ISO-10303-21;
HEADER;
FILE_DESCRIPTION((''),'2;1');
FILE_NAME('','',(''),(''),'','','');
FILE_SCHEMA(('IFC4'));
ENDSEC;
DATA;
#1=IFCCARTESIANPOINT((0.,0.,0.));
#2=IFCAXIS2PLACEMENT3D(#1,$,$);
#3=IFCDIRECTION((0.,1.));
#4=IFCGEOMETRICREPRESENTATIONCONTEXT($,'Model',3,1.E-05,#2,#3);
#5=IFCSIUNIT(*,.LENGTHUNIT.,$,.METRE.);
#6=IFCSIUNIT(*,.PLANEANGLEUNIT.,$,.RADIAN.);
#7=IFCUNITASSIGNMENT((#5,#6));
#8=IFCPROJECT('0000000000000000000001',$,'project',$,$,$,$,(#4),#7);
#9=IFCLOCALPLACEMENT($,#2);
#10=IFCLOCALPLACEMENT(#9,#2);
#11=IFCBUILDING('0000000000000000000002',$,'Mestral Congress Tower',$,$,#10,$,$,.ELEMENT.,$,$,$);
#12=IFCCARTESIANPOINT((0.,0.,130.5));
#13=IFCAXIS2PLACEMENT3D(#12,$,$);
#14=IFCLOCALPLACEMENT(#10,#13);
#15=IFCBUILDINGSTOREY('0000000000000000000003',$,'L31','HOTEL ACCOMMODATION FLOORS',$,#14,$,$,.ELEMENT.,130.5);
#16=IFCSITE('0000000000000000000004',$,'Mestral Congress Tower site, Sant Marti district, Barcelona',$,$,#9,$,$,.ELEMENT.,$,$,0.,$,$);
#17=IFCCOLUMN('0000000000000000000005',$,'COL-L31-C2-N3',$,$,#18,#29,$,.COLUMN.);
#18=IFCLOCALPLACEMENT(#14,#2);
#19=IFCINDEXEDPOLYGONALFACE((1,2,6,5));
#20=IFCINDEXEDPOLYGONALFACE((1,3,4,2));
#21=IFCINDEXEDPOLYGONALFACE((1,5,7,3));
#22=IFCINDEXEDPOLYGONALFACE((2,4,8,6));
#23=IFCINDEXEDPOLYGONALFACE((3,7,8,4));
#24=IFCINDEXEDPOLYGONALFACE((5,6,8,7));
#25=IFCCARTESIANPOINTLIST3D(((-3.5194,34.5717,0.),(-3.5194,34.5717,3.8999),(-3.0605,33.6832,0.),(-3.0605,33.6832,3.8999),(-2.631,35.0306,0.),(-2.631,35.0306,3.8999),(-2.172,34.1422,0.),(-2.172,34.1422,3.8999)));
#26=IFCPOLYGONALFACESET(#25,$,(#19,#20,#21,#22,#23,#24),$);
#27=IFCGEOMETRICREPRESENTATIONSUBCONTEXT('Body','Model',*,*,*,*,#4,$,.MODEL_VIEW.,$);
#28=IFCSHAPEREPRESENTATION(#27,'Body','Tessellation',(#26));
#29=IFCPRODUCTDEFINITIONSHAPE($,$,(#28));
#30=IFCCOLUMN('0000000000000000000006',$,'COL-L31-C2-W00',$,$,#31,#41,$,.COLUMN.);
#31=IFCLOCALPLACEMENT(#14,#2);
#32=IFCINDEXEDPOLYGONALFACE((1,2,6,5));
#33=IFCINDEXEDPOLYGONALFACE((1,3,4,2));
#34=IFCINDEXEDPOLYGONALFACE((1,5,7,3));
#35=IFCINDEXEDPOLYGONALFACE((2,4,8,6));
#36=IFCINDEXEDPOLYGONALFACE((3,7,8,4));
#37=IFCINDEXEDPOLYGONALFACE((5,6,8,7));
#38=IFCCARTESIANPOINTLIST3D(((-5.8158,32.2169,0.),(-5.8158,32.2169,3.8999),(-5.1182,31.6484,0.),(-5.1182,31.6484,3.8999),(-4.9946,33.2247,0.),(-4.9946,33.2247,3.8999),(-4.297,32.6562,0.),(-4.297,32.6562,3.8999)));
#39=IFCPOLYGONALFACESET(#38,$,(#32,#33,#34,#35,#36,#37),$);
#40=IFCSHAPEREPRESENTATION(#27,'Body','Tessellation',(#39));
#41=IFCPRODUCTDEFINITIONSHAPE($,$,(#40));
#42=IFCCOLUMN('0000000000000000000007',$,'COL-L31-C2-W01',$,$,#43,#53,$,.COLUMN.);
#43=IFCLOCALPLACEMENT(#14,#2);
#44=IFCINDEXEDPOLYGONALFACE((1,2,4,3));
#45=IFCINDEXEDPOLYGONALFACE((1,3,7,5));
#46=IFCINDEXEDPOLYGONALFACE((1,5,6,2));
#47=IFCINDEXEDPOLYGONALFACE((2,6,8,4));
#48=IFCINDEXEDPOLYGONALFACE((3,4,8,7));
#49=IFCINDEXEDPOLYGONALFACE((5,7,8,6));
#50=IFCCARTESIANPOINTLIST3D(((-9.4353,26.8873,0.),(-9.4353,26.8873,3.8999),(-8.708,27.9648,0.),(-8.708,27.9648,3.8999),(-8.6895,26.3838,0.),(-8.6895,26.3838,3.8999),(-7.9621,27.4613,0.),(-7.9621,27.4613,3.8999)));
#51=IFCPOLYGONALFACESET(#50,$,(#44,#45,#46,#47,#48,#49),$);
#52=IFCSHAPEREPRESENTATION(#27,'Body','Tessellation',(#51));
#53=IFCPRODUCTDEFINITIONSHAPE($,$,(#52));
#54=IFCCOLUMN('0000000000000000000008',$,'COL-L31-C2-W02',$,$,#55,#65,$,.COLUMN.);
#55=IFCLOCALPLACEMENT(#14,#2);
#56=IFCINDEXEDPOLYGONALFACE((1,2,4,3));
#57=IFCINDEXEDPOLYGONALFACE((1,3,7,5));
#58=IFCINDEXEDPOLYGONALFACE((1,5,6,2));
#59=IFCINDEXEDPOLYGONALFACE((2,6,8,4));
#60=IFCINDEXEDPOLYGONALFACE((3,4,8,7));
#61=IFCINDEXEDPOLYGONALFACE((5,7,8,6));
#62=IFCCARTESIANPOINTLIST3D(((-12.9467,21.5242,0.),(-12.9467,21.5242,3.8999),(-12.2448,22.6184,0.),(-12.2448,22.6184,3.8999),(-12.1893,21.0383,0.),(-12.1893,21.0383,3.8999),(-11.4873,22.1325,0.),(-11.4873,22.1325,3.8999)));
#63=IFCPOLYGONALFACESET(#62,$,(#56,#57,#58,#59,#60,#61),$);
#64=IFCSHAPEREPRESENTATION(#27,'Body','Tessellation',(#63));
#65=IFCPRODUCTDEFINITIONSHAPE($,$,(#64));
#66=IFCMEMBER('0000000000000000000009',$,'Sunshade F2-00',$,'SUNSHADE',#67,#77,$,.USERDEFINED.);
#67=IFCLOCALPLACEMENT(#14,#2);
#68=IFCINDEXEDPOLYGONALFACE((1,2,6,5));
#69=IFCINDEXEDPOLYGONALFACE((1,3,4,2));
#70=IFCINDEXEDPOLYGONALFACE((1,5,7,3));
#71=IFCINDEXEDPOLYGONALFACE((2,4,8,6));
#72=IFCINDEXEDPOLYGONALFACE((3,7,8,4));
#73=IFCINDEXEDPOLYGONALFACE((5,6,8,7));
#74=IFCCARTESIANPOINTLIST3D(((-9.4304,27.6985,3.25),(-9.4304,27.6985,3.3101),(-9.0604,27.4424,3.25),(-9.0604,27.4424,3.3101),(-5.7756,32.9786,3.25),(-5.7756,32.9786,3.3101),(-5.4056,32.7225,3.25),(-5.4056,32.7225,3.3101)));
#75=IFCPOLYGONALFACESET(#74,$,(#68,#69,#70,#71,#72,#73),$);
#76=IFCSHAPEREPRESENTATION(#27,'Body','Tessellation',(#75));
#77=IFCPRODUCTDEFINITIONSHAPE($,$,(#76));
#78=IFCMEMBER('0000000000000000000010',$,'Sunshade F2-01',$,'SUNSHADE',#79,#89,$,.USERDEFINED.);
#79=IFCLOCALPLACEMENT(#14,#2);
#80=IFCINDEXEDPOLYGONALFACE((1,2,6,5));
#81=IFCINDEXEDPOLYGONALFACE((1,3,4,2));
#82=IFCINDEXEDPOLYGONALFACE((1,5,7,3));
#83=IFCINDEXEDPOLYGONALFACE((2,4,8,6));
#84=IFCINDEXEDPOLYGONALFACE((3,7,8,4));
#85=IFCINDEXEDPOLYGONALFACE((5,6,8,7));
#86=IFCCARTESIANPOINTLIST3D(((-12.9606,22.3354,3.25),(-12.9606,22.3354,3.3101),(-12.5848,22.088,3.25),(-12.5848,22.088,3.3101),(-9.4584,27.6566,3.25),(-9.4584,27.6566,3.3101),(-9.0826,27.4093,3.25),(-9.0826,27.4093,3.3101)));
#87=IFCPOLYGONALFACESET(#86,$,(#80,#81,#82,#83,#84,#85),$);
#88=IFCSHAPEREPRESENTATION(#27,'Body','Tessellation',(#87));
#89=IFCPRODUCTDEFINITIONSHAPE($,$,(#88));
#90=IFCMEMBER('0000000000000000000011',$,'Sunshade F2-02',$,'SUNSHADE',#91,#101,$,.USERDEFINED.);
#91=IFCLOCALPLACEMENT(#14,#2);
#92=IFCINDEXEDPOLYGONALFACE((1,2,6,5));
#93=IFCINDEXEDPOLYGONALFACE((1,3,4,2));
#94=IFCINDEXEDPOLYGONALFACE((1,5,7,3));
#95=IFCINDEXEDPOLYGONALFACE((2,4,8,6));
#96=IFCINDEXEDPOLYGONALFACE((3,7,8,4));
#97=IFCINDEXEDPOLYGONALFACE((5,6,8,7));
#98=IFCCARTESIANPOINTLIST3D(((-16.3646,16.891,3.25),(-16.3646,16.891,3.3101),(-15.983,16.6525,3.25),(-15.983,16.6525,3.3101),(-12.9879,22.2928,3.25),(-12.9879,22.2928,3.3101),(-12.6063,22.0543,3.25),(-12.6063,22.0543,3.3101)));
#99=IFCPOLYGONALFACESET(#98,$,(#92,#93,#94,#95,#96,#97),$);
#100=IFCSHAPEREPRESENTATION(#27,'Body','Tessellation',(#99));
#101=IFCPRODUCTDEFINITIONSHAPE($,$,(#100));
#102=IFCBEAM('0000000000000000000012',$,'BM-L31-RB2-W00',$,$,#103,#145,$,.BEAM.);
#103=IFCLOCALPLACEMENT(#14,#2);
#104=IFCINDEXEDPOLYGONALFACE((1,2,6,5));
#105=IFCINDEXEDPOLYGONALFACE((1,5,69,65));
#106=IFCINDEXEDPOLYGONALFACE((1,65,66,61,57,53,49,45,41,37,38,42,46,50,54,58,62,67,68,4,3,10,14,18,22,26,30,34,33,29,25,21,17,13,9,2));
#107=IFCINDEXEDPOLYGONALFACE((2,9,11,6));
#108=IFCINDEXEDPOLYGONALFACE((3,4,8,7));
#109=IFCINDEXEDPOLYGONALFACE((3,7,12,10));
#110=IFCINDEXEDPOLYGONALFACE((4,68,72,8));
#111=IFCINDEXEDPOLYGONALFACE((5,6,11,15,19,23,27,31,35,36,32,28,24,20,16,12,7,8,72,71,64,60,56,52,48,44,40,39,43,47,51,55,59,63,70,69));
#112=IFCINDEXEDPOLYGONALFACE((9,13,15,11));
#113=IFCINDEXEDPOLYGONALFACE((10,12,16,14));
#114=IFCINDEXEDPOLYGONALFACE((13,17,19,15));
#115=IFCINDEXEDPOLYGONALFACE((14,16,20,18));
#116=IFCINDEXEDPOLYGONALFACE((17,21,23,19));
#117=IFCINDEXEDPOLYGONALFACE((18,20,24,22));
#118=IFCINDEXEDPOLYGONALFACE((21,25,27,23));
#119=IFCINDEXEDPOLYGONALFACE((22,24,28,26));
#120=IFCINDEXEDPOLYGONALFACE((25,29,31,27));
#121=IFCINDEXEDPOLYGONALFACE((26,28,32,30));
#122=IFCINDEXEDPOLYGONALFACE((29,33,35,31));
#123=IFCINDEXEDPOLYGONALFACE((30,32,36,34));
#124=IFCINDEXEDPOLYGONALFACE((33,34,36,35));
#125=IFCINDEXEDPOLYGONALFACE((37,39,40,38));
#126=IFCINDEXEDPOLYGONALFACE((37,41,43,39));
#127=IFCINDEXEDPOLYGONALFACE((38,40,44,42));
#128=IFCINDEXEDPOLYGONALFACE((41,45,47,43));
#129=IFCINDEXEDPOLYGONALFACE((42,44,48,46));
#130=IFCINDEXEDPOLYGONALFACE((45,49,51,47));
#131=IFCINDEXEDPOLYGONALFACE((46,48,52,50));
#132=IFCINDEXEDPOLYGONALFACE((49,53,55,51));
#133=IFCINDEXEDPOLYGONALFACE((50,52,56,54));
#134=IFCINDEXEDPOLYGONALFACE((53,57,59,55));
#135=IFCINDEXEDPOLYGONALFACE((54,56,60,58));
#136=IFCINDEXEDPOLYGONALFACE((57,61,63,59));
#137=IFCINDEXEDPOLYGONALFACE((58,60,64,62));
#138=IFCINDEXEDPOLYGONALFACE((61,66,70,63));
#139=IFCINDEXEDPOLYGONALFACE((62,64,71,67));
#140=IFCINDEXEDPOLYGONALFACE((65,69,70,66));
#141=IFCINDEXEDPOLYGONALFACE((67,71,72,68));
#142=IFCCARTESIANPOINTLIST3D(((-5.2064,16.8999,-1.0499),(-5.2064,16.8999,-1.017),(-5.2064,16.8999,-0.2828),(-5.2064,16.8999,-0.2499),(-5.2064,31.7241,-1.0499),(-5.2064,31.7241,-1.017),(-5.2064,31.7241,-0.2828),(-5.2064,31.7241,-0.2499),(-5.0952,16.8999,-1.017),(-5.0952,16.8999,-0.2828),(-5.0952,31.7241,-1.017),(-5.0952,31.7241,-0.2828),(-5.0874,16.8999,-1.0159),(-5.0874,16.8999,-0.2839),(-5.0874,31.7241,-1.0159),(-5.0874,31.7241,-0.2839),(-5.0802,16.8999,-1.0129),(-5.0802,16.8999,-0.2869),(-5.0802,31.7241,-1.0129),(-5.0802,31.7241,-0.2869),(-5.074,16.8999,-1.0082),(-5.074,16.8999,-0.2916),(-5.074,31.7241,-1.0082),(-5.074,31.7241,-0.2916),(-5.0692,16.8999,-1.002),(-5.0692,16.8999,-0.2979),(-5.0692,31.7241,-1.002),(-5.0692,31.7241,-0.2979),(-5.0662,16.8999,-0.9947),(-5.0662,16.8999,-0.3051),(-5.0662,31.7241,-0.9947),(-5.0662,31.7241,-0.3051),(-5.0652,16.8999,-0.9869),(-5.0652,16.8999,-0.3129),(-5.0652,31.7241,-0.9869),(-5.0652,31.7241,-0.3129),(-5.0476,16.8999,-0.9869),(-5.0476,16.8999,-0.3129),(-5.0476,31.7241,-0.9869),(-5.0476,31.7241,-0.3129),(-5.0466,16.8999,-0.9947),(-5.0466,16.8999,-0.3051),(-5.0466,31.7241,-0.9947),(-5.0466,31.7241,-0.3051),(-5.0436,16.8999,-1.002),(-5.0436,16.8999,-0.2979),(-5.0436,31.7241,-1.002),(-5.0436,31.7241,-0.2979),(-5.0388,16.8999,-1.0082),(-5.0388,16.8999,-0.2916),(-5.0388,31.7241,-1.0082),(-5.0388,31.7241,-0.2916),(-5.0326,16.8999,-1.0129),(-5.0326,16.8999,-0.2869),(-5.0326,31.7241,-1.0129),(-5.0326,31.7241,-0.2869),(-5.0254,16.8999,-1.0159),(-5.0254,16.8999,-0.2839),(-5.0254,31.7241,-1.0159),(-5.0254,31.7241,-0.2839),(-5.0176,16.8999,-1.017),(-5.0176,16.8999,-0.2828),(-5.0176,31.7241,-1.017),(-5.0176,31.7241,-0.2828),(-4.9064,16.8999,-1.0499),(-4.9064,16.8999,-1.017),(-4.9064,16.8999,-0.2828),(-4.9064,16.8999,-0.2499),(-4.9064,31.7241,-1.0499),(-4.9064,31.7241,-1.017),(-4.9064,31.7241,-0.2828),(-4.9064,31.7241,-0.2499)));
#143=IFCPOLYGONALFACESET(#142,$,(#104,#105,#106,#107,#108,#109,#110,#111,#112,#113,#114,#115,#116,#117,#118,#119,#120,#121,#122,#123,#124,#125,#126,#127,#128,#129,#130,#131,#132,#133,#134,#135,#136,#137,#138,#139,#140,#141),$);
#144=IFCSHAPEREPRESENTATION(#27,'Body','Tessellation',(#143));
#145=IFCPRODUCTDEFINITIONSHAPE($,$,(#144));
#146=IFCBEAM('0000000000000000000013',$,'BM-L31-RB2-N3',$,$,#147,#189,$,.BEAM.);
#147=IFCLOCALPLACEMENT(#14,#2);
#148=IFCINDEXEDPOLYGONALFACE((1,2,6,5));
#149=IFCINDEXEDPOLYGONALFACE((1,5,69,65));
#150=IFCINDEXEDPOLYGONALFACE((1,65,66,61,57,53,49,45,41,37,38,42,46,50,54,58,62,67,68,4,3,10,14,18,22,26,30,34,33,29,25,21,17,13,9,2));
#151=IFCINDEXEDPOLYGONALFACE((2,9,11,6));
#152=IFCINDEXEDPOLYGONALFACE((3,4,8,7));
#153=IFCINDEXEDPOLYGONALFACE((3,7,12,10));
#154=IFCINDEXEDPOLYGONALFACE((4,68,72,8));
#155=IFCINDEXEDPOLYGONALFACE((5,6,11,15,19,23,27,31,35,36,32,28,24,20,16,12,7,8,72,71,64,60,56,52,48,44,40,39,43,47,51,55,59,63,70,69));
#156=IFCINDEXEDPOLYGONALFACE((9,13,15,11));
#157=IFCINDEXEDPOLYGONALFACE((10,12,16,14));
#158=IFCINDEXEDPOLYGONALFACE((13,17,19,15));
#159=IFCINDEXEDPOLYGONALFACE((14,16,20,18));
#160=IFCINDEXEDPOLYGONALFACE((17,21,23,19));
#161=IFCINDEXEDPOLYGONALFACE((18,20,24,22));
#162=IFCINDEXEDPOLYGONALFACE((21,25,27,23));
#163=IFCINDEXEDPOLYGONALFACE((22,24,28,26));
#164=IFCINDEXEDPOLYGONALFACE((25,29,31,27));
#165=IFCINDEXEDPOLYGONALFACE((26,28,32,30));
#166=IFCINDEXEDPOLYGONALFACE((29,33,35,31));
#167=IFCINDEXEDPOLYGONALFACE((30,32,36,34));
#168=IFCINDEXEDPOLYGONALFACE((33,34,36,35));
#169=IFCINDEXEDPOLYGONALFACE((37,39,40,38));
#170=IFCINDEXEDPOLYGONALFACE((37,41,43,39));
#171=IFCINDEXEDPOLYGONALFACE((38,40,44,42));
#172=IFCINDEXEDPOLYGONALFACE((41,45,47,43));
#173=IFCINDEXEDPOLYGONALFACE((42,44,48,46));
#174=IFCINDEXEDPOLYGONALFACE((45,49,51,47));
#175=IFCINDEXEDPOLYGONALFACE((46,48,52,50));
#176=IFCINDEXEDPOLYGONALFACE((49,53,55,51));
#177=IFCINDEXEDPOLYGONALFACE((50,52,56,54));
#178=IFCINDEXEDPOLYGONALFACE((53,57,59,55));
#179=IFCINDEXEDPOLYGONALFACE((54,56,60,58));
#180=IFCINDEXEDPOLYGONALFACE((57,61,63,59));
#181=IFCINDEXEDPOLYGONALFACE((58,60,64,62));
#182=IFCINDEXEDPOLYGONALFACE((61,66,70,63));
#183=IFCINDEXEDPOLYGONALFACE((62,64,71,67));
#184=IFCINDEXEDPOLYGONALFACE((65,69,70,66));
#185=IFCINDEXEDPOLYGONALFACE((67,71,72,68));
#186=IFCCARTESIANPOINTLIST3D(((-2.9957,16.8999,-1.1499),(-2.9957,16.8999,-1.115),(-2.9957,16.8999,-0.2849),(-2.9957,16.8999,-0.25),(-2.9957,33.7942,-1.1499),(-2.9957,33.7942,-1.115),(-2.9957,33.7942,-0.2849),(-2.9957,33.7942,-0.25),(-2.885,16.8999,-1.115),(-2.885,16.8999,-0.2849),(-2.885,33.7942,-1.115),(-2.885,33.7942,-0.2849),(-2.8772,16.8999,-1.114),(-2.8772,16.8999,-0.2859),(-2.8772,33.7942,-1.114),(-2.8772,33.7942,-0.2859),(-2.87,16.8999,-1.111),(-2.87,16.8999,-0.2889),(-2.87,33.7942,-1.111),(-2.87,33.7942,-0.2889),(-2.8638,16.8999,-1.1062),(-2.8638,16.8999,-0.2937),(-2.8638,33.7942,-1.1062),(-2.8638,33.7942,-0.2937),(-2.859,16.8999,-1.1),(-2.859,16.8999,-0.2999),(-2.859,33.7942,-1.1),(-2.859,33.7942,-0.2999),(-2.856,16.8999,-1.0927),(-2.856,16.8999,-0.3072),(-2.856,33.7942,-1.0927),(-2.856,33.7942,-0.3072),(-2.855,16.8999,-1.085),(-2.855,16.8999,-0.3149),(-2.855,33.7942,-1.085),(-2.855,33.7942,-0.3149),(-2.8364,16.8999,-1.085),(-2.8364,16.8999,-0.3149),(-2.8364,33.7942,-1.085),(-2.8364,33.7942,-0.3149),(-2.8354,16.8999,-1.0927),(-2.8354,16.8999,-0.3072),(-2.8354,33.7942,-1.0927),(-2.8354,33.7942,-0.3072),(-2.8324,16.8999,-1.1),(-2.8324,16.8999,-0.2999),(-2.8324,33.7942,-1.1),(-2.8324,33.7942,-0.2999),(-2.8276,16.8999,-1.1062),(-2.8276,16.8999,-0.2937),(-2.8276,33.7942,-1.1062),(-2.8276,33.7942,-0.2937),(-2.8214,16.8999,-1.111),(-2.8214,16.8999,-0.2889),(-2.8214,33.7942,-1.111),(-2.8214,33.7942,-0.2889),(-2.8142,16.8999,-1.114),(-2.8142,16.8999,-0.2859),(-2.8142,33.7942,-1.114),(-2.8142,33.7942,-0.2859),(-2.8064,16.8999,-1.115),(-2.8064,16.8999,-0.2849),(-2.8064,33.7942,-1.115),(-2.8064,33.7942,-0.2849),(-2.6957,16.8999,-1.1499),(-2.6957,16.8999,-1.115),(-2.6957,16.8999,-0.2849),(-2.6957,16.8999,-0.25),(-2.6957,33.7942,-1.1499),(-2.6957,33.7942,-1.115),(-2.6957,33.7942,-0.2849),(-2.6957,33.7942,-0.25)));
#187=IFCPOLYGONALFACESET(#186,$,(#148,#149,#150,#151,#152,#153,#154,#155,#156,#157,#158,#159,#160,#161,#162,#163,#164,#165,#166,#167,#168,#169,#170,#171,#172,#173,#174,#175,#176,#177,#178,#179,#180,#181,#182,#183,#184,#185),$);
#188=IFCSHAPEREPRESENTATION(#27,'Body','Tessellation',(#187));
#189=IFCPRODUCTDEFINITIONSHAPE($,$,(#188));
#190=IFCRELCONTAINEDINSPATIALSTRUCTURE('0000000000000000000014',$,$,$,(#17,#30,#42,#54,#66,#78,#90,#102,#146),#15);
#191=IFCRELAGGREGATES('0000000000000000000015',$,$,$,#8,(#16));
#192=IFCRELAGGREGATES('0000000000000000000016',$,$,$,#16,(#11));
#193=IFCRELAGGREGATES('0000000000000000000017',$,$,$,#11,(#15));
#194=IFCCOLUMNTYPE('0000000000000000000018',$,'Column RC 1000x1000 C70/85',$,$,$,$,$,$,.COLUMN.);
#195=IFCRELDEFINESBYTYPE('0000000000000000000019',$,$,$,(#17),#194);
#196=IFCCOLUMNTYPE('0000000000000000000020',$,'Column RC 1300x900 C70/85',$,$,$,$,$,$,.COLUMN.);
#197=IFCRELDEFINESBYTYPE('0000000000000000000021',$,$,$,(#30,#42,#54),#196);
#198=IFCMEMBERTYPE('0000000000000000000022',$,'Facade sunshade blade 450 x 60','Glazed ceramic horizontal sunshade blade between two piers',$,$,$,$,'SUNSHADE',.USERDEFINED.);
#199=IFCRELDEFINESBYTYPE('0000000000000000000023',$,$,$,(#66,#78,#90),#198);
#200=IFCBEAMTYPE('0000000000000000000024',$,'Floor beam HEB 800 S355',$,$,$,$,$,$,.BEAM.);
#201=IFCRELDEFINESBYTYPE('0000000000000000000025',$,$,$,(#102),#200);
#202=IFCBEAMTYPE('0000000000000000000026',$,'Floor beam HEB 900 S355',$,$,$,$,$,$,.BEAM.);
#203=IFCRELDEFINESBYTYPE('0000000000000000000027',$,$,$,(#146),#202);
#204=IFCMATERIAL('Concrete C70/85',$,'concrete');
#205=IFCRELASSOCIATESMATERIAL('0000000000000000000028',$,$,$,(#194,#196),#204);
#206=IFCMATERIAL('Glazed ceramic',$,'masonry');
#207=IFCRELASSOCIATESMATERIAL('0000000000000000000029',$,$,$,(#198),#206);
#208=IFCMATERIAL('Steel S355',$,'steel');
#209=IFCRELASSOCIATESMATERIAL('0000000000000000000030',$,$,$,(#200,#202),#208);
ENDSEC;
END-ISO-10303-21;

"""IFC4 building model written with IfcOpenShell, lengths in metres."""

from ifc_helpers import new_model, si_unit, direction, frame, origin, origin_2d, place, context, subcontext, project, spatial, rectangle, i_section, extrude, material, material_profile, profile_set, type_object, element, save


model = new_model("IFC4")

# Units and contexts
model_context = context("Model", 3, precision=1e-05, world=origin(), true_north=direction((0.0, 1.0)))
body_context = subcontext(model_context, "Body", "Model", "MODEL_VIEW")
ifc_project = project(units=[si_unit("LENGTHUNIT", "METRE"), si_unit("PLANEANGLEUNIT", "RADIAN")], contexts=[model_context])

# Site, building, storey
site_placement = place(None, origin())
site = spatial("IfcSite", under=ifc_project, at=site_placement, Name="Mestral Congress Tower site, Sant Marti district, Barcelona", CompositionType="ELEMENT", RefElevation=0.0)
building_placement = place(site_placement, origin())
building = spatial("IfcBuilding", under=site, at=building_placement, Name="Mestral Congress Tower", CompositionType="ELEMENT")
storey_placement = place(building_placement, frame((0.0, 0.0, 130.5)))
storey = spatial("IfcBuildingStorey", under=building, at=storey_placement, Name="L31", Description="HOTEL ACCOMMODATION FLOORS", CompositionType="ELEMENT", Elevation=130.5)

# Columns
ifc_material_1 = material(Name="Concrete C70/85", Category="concrete")
ifc_material_profile_1 = material_profile(ifc_material_1, rectangle(XDim=1.0, YDim=1.0, at=origin_2d()), Name="RC 1000x1000")
ifc_profile_set_1 = profile_set([ifc_material_profile_1], Name="Concrete C70/85")
column_type_1 = type_object("IfcColumnType", Name="Column RC 1000x1000 C70/85", PredefinedType="COLUMN", material=ifc_profile_set_1)
column_placement = place(storey_placement, frame((-2.8457, 34.3569, 0.0), z_axis=(0.0, 0.0, 1.0), x_axis=(-0.888456, -0.458961, 0.0)))
element("IfcColumn", 1, at=column_placement, inside=storey, type_object=column_type_1, Name="COL-L31-C2-N3", PredefinedType="COLUMN", context=body_context, shape_type="SweptSolid", body=[
    extrude(rectangle(XDim=1.0, YDim=1.0, at=origin_2d()), origin(), (0.0, 0.0, 1.0), 3.8999),
])
ifc_material_profile_2 = material_profile(ifc_material_1, rectangle(XDim=1.3, YDim=0.8999, at=origin_2d()), Name="RC 1300x900")
ifc_profile_set_2 = profile_set([ifc_material_profile_2], Name="Concrete C70/85")
column_type_2 = type_object("IfcColumnType", Name="Column RC 1300x900 C70/85", PredefinedType="COLUMN", material=ifc_profile_set_2)
for number, where, z_axis, x_axis, name in (
    (2, (-5.0564, 32.4365, 0.0), (0.0, 0.0, 1.0), (-0.631709, -0.775206, 0.0), "COL-L31-C2-W00"),
    (3, (-8.6987, 27.1743, 0.0), (0.0, 0.0, 1.0), (-0.559479, -0.828844, 0.0), "COL-L31-C2-W01"),
    (4, (-12.217, 21.8284, 0.0), (0.0, 0.0, 1.0), (-0.539945, -0.8417, 0.0), "COL-L31-C2-W02"),
):
    element("IfcColumn", number, at=place(storey_placement, frame(where, z_axis=z_axis, x_axis=x_axis)), inside=storey, type_object=column_type_2, Name=name, PredefinedType="COLUMN", context=body_context, shape_type="SweptSolid", body=[
        extrude(rectangle(XDim=1.3, YDim=0.8999, at=origin_2d()), origin(), (0.0, 0.0, 1.0), 3.8999),
    ])

# Members
ifc_material_2 = material(Name="Glazed ceramic", Category="masonry")
ifc_material_profile_3 = material_profile(ifc_material_2, rectangle(XDim=0.45, YDim=0.0601, at=origin_2d()), Name="Ceramic blade 450 x 60")
ifc_profile_set_3 = profile_set([ifc_material_profile_3], Name="Glazed ceramic")
member_type = type_object("IfcMemberType", Name="Facade sunshade blade 450 x 60", Description="Glazed ceramic horizontal sunshade blade between two piers", ElementType="SUNSHADE", PredefinedType="USERDEFINED", material=ifc_profile_set_3)
member_placement = place(storey_placement, frame((-5.5906, 32.8506, 3.28), z_axis=(-0.569145, -0.822237, 0.0), x_axis=(0.822237, -0.569145, 0.0)))
element("IfcMember", 5, at=member_placement, inside=storey, type_object=member_type, Name="Sunshade F2-00", ObjectType="SUNSHADE", PredefinedType="USERDEFINED", context=body_context, shape_type="SweptSolid", body=[
    extrude(rectangle(XDim=0.45, YDim=0.0601, at=origin_2d()), origin(), (0.0, 0.0, 1.0), 6.4216),
])
for number, where, z_axis, x_axis, name in (
    (6, (-9.2705, 27.533, 3.28), (-0.549764, -0.83532, 0.0), (0.83532, -0.549764, 0.0), "Sunshade F2-01"),
    (7, (-12.7971, 22.1736, 3.28), (-0.530061, -0.84796, 0.0), (0.84796, -0.530061, 0.0), "Sunshade F2-02"),
):
    element("IfcMember", number, at=place(storey_placement, frame(where, z_axis=z_axis, x_axis=x_axis)), inside=storey, type_object=member_type, Name=name, ObjectType="SUNSHADE", PredefinedType="USERDEFINED", context=body_context, shape_type="SweptSolid", body=[
        extrude(rectangle(XDim=0.45, YDim=0.0601, at=origin_2d()), origin(), (0.0, 0.0, 1.0), 6.3704),
    ])

# Beams
ifc_material_3 = material(Name="Steel S355", Category="steel")
ifc_material_profile_4 = material_profile(ifc_material_3, i_section(OverallWidth=0.3, OverallDepth=0.8, WebThickness=0.0176, FlangeThickness=0.033, FilletRadius=0.03, at=origin_2d()), Name="HEB 800")
ifc_profile_set_4 = profile_set([ifc_material_profile_4], Name="Steel S355")
beam_type_1 = type_object("IfcBeamType", Name="Floor beam HEB 800 S355", PredefinedType="BEAM", material=ifc_profile_set_4)
beam_1_placement = place(storey_placement, frame((-5.0564, 31.7241, -0.6499), z_axis=(0.0, -1.0, 0.0), x_axis=(1.0, 0.0, 0.0)))
element("IfcBeam", 8, at=beam_1_placement, inside=storey, type_object=beam_type_1, Name="BM-L31-RB2-W00", PredefinedType="BEAM", context=body_context, shape_type="SweptSolid", body=[
    extrude(i_section(OverallWidth=0.3, OverallDepth=0.8, WebThickness=0.0176, FlangeThickness=0.033, FilletRadius=0.03, at=origin_2d()), origin(), (0.0, 0.0, 1.0), 14.8242),
])
ifc_material_profile_5 = material_profile(ifc_material_3, i_section(OverallWidth=0.3, OverallDepth=0.8999, WebThickness=0.0186, FlangeThickness=0.0349, FilletRadius=0.03, at=origin_2d()), Name="HEB 900")
ifc_profile_set_5 = profile_set([ifc_material_profile_5], Name="Steel S355")
beam_type_2 = type_object("IfcBeamType", Name="Floor beam HEB 900 S355", PredefinedType="BEAM", material=ifc_profile_set_5)
beam_2_placement = place(storey_placement, frame((-2.8457, 33.7942, -0.7), z_axis=(0.0, -1.0, 0.0), x_axis=(1.0, 0.0, 0.0)))
element("IfcBeam", 9, at=beam_2_placement, inside=storey, type_object=beam_type_2, Name="BM-L31-RB2-N3", PredefinedType="BEAM", context=body_context, shape_type="SweptSolid", body=[
    extrude(i_section(OverallWidth=0.3, OverallDepth=0.8999, WebThickness=0.0186, FlangeThickness=0.0349, FilletRadius=0.03, at=origin_2d()), origin(), (0.0, 0.0, 1.0), 16.8943),
])

save(model, "model.ifc")
